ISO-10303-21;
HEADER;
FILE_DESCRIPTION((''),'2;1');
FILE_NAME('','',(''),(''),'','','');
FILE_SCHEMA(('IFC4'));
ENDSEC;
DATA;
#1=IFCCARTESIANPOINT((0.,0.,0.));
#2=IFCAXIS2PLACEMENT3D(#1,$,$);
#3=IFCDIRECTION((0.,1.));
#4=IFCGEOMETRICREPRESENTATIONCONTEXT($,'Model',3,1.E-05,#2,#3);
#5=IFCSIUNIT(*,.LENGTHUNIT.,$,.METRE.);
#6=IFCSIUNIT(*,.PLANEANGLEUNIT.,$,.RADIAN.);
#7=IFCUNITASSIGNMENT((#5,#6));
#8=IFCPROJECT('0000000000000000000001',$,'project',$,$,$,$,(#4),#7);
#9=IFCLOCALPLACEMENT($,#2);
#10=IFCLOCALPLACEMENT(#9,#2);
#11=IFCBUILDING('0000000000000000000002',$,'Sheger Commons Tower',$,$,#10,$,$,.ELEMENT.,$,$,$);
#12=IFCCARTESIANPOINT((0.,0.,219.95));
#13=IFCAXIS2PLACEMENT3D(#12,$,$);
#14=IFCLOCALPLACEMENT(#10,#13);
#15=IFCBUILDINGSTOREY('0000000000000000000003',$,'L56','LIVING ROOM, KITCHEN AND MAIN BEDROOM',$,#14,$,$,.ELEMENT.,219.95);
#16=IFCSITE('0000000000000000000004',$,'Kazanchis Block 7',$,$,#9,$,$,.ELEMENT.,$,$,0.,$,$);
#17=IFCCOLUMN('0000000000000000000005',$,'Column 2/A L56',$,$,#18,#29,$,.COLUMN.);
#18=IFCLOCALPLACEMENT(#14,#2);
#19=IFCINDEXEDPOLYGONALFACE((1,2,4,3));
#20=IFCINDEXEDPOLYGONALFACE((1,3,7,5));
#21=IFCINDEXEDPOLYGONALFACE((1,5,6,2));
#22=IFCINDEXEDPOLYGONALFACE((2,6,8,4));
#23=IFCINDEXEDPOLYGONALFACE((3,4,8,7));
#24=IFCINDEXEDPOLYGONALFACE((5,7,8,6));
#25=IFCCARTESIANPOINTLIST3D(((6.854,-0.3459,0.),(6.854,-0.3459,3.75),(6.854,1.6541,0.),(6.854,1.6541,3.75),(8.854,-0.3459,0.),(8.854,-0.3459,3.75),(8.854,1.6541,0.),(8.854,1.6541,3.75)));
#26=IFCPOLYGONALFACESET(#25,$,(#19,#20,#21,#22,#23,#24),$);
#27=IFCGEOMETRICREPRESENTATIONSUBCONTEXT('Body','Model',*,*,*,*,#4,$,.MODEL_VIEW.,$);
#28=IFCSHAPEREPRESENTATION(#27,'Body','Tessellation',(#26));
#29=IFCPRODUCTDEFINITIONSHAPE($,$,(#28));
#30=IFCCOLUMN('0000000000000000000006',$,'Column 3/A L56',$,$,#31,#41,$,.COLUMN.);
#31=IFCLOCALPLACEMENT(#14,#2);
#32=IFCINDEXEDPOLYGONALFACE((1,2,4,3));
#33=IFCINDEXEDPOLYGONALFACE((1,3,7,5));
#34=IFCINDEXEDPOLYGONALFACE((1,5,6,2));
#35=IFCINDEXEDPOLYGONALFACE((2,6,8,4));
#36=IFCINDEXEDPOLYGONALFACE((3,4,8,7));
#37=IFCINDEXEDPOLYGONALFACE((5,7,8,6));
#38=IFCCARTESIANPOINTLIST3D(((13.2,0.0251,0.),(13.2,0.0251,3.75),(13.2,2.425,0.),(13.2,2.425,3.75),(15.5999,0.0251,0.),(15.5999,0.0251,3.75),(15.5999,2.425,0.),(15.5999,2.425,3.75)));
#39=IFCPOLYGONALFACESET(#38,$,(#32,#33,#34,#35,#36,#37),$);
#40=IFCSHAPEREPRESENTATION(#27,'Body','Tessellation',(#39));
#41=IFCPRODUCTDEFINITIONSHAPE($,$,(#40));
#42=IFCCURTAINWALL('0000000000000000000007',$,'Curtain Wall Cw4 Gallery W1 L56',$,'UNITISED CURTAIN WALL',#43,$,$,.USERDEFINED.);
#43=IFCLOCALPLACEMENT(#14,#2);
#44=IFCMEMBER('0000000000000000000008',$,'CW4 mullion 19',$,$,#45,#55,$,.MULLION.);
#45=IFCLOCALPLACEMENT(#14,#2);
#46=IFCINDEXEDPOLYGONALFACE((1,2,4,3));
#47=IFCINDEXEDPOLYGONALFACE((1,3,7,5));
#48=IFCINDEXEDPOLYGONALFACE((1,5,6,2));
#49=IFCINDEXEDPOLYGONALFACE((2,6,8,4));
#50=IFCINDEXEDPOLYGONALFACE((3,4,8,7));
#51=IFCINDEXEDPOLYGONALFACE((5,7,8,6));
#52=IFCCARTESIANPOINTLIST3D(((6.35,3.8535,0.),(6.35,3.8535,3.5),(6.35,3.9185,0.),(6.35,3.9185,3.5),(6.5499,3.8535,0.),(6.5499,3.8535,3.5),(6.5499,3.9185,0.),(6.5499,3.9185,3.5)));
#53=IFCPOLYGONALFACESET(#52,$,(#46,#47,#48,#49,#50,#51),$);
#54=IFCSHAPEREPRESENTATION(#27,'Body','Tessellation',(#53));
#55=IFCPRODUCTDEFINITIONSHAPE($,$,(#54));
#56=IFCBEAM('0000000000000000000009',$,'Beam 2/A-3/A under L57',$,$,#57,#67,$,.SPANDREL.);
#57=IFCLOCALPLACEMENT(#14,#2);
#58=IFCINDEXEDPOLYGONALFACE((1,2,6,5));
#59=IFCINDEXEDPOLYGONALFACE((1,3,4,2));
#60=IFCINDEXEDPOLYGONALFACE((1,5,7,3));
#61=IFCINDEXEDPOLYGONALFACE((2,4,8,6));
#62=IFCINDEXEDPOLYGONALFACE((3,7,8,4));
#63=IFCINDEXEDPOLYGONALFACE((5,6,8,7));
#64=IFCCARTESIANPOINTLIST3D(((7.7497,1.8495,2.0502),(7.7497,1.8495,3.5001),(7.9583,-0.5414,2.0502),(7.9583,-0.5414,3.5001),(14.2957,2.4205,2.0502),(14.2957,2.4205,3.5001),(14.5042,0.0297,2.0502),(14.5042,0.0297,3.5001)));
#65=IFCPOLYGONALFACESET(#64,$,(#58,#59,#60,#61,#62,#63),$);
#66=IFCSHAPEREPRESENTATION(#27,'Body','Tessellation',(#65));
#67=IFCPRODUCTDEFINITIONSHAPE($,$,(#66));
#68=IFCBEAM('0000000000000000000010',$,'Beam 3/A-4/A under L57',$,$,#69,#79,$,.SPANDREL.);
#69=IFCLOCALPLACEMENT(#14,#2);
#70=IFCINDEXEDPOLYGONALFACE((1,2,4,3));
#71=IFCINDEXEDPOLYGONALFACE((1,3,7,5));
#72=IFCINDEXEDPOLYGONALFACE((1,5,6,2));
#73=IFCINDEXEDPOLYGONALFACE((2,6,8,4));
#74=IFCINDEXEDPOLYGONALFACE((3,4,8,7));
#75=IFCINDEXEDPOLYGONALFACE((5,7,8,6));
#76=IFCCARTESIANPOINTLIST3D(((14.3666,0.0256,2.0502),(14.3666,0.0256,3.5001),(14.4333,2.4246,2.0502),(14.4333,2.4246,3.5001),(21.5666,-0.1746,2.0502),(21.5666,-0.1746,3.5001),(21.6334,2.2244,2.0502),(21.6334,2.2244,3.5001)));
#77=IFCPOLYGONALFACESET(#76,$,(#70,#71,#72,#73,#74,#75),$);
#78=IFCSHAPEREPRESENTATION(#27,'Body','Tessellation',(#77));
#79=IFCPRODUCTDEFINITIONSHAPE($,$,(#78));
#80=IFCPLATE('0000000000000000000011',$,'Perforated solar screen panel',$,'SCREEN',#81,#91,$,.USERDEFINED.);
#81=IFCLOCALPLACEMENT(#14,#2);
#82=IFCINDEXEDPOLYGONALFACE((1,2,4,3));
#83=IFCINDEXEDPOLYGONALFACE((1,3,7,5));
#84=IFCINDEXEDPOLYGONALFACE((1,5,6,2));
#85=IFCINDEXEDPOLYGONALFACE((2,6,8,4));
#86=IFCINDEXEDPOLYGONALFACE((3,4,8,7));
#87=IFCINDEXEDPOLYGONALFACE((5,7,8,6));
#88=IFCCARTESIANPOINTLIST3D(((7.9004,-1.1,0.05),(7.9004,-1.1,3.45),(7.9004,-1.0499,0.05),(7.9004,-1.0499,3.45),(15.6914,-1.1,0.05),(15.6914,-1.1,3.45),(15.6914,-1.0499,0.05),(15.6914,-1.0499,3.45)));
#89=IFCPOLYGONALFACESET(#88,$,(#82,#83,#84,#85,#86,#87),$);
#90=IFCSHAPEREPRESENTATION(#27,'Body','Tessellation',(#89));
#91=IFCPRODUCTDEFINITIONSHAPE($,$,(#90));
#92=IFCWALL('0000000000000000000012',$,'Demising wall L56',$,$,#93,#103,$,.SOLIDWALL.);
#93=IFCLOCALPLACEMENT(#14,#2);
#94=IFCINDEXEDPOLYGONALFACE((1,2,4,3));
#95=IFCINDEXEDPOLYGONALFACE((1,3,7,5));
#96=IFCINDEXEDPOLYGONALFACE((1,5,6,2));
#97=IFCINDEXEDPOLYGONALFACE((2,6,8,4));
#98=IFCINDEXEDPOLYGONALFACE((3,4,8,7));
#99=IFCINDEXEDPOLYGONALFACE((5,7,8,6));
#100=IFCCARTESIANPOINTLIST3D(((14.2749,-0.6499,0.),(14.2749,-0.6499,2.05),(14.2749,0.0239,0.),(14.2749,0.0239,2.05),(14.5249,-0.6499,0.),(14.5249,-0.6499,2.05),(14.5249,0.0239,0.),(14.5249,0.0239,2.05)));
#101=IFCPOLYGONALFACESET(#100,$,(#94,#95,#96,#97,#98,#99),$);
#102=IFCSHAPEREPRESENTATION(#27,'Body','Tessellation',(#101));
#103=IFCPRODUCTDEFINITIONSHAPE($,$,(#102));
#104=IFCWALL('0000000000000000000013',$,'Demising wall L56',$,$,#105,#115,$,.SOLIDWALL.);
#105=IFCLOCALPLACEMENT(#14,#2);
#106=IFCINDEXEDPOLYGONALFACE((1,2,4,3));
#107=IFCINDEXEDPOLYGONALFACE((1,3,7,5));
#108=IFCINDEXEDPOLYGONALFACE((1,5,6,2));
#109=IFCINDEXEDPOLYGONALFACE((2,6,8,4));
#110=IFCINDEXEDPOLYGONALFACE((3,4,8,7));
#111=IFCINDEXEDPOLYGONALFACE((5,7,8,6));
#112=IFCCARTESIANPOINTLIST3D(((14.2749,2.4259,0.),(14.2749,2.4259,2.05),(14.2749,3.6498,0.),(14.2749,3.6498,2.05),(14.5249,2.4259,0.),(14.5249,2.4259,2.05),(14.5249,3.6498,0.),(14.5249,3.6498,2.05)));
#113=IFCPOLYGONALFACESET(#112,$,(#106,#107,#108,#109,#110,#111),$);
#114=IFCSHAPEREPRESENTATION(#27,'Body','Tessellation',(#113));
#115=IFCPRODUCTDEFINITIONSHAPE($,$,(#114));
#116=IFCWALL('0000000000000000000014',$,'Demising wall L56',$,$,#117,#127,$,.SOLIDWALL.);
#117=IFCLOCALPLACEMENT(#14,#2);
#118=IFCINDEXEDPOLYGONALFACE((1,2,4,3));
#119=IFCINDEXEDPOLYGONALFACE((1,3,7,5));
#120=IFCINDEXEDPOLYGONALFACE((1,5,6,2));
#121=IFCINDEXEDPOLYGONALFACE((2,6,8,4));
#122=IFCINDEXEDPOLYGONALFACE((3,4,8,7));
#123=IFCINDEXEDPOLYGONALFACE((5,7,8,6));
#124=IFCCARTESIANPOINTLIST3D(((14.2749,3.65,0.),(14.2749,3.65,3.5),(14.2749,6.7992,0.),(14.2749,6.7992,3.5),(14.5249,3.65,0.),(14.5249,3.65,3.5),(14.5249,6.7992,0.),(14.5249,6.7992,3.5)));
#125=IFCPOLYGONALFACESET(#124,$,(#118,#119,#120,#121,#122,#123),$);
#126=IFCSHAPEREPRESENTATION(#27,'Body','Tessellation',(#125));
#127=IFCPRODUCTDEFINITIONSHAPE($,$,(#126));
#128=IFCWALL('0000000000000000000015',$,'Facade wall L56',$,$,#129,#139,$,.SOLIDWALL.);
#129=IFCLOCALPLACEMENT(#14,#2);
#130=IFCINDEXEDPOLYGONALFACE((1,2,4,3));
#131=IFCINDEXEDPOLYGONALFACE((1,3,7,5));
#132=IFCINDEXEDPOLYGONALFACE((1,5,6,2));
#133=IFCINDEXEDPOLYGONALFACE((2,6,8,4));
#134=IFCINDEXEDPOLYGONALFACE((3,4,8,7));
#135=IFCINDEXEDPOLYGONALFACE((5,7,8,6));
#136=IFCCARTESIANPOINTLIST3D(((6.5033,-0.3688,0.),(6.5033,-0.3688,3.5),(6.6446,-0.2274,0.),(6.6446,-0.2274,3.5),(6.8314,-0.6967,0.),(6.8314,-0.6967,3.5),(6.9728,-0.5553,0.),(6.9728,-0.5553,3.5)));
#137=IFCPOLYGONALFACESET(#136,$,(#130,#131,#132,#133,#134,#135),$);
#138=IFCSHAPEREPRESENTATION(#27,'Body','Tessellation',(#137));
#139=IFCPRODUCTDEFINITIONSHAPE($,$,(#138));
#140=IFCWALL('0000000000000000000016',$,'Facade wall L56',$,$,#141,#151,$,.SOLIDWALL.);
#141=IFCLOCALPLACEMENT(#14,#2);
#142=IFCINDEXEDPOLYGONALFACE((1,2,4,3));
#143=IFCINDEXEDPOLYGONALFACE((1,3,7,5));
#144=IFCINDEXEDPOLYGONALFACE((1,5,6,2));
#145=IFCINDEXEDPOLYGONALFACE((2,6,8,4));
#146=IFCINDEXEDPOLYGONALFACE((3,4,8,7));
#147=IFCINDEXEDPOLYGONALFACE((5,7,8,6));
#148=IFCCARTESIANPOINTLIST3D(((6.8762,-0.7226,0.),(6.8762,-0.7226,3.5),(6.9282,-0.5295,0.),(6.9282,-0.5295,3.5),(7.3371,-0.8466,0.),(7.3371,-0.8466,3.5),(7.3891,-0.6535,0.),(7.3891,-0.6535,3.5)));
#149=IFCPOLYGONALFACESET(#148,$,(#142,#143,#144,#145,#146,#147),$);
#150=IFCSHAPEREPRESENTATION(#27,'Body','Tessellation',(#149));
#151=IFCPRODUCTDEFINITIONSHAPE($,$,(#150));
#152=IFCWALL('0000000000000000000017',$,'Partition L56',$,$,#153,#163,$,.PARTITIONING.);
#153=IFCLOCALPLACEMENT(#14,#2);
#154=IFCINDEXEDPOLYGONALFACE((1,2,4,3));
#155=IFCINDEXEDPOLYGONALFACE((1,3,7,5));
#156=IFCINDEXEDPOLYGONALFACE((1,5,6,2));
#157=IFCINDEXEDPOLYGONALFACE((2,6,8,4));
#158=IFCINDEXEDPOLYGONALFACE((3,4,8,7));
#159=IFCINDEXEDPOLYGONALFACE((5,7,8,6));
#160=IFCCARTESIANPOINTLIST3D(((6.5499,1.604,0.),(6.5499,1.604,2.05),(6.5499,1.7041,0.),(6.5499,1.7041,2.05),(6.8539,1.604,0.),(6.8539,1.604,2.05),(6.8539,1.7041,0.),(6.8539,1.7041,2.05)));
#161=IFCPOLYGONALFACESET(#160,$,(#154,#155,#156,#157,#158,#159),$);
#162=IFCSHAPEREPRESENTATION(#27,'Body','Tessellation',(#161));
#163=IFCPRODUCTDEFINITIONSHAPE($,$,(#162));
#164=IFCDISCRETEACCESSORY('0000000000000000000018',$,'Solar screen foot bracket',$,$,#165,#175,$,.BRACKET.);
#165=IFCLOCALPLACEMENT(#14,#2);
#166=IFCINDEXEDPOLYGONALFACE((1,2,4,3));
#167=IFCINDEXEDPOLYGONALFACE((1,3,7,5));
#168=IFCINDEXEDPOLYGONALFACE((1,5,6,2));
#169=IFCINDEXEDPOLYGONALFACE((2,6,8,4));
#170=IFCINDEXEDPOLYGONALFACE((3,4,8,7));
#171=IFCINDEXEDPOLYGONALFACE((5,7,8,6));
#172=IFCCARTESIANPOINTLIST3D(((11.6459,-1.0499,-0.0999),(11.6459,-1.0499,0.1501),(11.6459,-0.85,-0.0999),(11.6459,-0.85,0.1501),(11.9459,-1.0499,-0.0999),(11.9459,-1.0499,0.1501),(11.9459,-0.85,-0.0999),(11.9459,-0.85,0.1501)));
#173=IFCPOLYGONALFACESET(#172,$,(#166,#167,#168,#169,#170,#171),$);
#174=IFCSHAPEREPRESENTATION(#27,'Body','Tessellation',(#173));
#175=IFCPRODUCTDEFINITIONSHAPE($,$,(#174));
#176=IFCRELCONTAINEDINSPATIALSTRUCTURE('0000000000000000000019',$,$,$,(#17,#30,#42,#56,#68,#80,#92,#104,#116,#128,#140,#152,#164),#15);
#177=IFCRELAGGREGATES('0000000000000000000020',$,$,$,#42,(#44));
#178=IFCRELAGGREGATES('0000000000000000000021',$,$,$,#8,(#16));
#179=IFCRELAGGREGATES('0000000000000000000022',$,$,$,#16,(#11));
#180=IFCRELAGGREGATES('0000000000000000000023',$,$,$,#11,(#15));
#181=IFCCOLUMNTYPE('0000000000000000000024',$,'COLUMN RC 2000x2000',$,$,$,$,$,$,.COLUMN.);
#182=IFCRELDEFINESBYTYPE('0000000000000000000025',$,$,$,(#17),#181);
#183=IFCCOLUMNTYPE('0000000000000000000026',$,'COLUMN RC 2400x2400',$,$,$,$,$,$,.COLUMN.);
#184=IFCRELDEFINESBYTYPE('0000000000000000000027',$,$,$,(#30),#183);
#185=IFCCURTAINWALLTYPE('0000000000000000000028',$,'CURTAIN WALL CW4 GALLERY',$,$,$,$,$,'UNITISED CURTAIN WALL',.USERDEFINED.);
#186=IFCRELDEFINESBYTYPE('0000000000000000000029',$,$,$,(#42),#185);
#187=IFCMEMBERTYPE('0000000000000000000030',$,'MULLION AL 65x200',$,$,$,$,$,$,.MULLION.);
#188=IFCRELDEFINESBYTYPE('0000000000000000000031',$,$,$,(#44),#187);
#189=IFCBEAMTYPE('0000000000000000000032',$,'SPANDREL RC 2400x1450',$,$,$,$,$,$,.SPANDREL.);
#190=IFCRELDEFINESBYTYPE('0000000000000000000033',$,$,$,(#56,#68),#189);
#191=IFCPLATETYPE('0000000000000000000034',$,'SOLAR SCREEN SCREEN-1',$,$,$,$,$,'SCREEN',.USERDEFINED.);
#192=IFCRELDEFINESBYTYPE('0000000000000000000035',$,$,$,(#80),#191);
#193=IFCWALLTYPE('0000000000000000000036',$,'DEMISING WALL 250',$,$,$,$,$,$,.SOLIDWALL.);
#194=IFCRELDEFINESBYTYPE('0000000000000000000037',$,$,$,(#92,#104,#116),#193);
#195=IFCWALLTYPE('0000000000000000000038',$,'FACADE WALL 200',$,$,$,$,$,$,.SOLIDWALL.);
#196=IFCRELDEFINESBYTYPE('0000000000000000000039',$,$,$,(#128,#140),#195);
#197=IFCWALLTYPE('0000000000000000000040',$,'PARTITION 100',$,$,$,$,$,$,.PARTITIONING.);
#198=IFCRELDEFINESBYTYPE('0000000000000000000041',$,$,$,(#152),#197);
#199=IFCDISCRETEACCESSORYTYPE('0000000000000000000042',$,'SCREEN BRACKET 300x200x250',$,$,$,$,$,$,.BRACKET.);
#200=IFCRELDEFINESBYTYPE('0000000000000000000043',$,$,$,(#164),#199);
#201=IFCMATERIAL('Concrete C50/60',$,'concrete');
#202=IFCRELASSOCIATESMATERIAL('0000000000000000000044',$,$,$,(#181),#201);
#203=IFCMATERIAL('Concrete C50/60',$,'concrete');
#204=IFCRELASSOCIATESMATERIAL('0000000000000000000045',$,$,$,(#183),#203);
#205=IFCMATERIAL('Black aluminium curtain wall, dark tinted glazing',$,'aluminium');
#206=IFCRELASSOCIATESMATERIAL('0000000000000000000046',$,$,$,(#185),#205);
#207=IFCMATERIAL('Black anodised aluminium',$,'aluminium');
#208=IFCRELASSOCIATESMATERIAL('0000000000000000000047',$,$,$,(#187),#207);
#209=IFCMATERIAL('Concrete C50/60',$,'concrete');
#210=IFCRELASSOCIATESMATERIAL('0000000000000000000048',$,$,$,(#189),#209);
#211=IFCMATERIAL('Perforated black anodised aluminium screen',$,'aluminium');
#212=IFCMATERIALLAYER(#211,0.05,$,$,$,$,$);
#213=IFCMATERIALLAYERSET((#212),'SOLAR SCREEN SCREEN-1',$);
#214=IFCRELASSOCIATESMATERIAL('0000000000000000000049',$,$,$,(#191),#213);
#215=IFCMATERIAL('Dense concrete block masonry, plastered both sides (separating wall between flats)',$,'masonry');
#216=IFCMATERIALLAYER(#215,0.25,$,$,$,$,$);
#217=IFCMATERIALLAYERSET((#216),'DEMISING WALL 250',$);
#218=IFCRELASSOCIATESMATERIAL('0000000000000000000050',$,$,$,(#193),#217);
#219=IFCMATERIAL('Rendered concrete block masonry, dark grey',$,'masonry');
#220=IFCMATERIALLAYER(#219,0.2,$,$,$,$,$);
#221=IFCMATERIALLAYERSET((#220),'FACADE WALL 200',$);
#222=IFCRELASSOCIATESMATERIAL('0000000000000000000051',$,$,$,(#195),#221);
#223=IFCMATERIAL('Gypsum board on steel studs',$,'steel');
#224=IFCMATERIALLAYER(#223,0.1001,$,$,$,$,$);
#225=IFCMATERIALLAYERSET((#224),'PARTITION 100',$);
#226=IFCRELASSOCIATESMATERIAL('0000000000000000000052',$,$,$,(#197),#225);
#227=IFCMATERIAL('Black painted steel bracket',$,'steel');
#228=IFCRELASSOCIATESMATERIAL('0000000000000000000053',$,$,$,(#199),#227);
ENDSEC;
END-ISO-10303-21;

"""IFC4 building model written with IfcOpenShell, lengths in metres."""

from ifc_helpers import new_model, si_unit, direction, frame, frame_2d, origin, origin_2d, place, context, subcontext, project, spatial, rectangle, extrude, material, layer, layer_set, material_profile, profile_set, type_object, element, aggregate, save


model = new_model("IFC4")

# Units and contexts
model_context = context("Model", 3, precision=1e-05, world=origin(), true_north=direction((0.0, 1.0)))
body_context = subcontext(model_context, "Body", "Model", "MODEL_VIEW")
ifc_project = project(units=[si_unit("LENGTHUNIT", "METRE"), si_unit("PLANEANGLEUNIT", "RADIAN")], contexts=[model_context])

# Site, building, storey
site_placement = place(None, origin())
site = spatial("IfcSite", under=ifc_project, at=site_placement, Name="Kazanchis Block 7", CompositionType="ELEMENT", RefElevation=0.0)
building_placement = place(site_placement, origin())
building = spatial("IfcBuilding", under=site, at=building_placement, Name="Sheger Commons Tower", CompositionType="ELEMENT")
storey_placement = place(building_placement, frame((0.0, 0.0, 219.95)))
storey = spatial("IfcBuildingStorey", under=building, at=storey_placement, Name="L56", Description="LIVING ROOM, KITCHEN AND MAIN BEDROOM", CompositionType="ELEMENT", Elevation=219.95)

# Columns
ifc_material_1 = material(Name="Concrete C50/60", Category="concrete")
ifc_material_profile_1 = material_profile(ifc_material_1, rectangle(XDim=2.0, YDim=2.0, at=origin_2d()), Name="RC 2000x2000")
ifc_profile_set_1 = profile_set([ifc_material_profile_1], Name="Concrete C50/60")
column_type_1 = type_object("IfcColumnType", Name="COLUMN RC 2000x2000", PredefinedType="COLUMN", material=ifc_profile_set_1)
column_1_placement = place(storey_placement, frame((7.854, 0.6541, 0.0), z_axis=(0.0, 0.0, 1.0), x_axis=(1.0, 0.0, 0.0)))
element("IfcColumn", 1, at=column_1_placement, inside=storey, type_object=column_type_1, Name="Column 2/A L56", PredefinedType="COLUMN", context=body_context, shape_type="SweptSolid", body=[
    extrude(rectangle(XDim=2.0, YDim=2.0, at=origin_2d()), origin(), (0.0, 0.0, 1.0), 3.75),
])
ifc_material_2 = material(Name="Concrete C50/60", Category="concrete")
ifc_material_profile_2 = material_profile(ifc_material_2, rectangle(XDim=2.3999, YDim=2.3999, at=origin_2d()), Name="RC 2400x2400")
ifc_profile_set_2 = profile_set([ifc_material_profile_2], Name="Concrete C50/60")
column_type_2 = type_object("IfcColumnType", Name="COLUMN RC 2400x2400", PredefinedType="COLUMN", material=ifc_profile_set_2)
column_2_placement = place(storey_placement, frame((14.3999, 1.2251, 0.0), z_axis=(0.0, 0.0, 1.0), x_axis=(1.0, 0.0, 0.0)))
element("IfcColumn", 2, at=column_2_placement, inside=storey, type_object=column_type_2, Name="Column 3/A L56", PredefinedType="COLUMN", context=body_context, shape_type="SweptSolid", body=[
    extrude(rectangle(XDim=2.3999, YDim=2.3999, at=origin_2d()), origin(), (0.0, 0.0, 1.0), 3.75),
])

# Curtain wall, member
ifc_material_3 = material(Name="Black aluminium curtain wall, dark tinted glazing", Category="aluminium")
curtain_wall_type = type_object("IfcCurtainWallType", Name="CURTAIN WALL CW4 GALLERY", ElementType="UNITISED CURTAIN WALL", PredefinedType="USERDEFINED", material=ifc_material_3)
curtain_wall_placement = place(storey_placement, origin())
curtain_wall = element("IfcCurtainWall", 3, at=curtain_wall_placement, inside=storey, type_object=curtain_wall_type, Name="Curtain Wall Cw4 Gallery W1 L56", ObjectType="UNITISED CURTAIN WALL", PredefinedType="USERDEFINED")
ifc_material_4 = material(Name="Black anodised aluminium", Category="aluminium")
ifc_material_profile_3 = material_profile(ifc_material_4, rectangle(XDim=0.2, YDim=0.0649, at=origin_2d()), Name="AL 65x200")
ifc_profile_set_3 = profile_set([ifc_material_profile_3], Name="Black anodised aluminium")
member_type = type_object("IfcMemberType", Name="MULLION AL 65x200", PredefinedType="MULLION", material=ifc_profile_set_3)
member_placement = place(storey_placement, frame((6.45, 3.886, 0.0), z_axis=(0.0, 0.0, 1.0), x_axis=(1.0, 0.0, 0.0)))
member = element("IfcMember", 4, at=member_placement, type_object=member_type, Name="CW4 mullion 19", PredefinedType="MULLION", context=body_context, shape_type="SweptSolid", body=[
    extrude(rectangle(XDim=0.2, YDim=0.0649, at=origin_2d()), origin(), (0.0, 0.0, 1.0), 3.5),
])
aggregate(curtain_wall, [member])

# Beams
ifc_material_5 = material(Name="Concrete C50/60", Category="concrete")
ifc_material_profile_4 = material_profile(ifc_material_5, rectangle(XDim=2.3999, YDim=1.45, at=origin_2d()), Name="RC 2400x1450")
ifc_profile_set_4 = profile_set([ifc_material_profile_4], Name="Concrete C50/60")
beam_type = type_object("IfcBeamType", Name="SPANDREL RC 2400x1450", PredefinedType="SPANDREL", material=ifc_profile_set_4)
beam_1_placement = place(storey_placement, frame((7.854, 0.6541, 2.7751), z_axis=(0.996216, 0.086907, 0.0), x_axis=(-0.086907, 0.996216, 0.0)))
element("IfcBeam", 5, at=beam_1_placement, inside=storey, type_object=beam_type, Name="Beam 2/A-3/A under L57", PredefinedType="SPANDREL", context=body_context, shape_type="SweptSolid", body=[
    extrude(rectangle(XDim=2.3999, YDim=1.45, at=origin_2d()), origin(), (0.0, 0.0, 1.0), 6.5708),
])
beam_2_placement = place(storey_placement, frame((14.3999, 1.2251, 2.7751), z_axis=(0.999614, -0.027793, 0.0), x_axis=(0.027793, 0.999614, 0.0)))
element("IfcBeam", 6, at=beam_2_placement, inside=storey, type_object=beam_type, Name="Beam 3/A-4/A under L57", PredefinedType="SPANDREL", context=body_context, shape_type="SweptSolid", body=[
    extrude(rectangle(XDim=2.3999, YDim=1.45, at=origin_2d()), origin(), (0.0, 0.0, 1.0), 7.2029),
])

# Plate
ifc_material_6 = material(Name="Perforated black anodised aluminium screen", Category="aluminium")
ifc_layer_1 = layer(ifc_material_6, 0.05)
ifc_layer_set_1 = layer_set([ifc_layer_1], Name="SOLAR SCREEN SCREEN-1")
plate_type = type_object("IfcPlateType", Name="SOLAR SCREEN SCREEN-1", ElementType="SCREEN", PredefinedType="USERDEFINED", material=ifc_layer_set_1)
plate_placement = place(storey_placement, frame((11.7959, -1.075, 0.05), z_axis=(0.0, 0.0, 1.0), x_axis=(1.0, 0.0, 0.0)))
element("IfcPlate", 7, at=plate_placement, inside=storey, type_object=plate_type, Name="Perforated solar screen panel", ObjectType="SCREEN", PredefinedType="USERDEFINED", context=body_context, shape_type="SweptSolid", body=[
    extrude(rectangle(XDim=7.791, YDim=0.05, at=origin_2d()), origin(), (0.0, 0.0, 1.0), 3.3999),
])

# Walls
ifc_material_7 = material(Name="Dense concrete block masonry, plastered both sides (separating wall between flats)", Category="masonry")
ifc_layer_2 = layer(ifc_material_7, 0.25)
ifc_layer_set_2 = layer_set([ifc_layer_2], Name="DEMISING WALL 250")
wall_type_1 = type_object("IfcWallType", Name="DEMISING WALL 250", PredefinedType="SOLIDWALL", material=ifc_layer_set_2)
wall_1_placement = place(storey_placement, frame((14.3999, -0.6499, 0.0), z_axis=(0.0, 0.0, 1.0), x_axis=(0.0, 1.0, 0.0)))
element("IfcWall", 8, at=wall_1_placement, inside=storey, type_object=wall_type_1, Name="Demising wall L56", PredefinedType="SOLIDWALL", context=body_context, shape_type="SweptSolid", body=[
    extrude(rectangle(XDim=0.6738, YDim=0.25, at=frame_2d((0.3369, 0.0))), origin(), (0.0, 0.0, 1.0), 2.05),
])
wall_2_placement = place(storey_placement, frame((14.3999, 2.426, 0.0), z_axis=(0.0, 0.0, 1.0), x_axis=(0.0, 1.0, 0.0)))
element("IfcWall", 9, at=wall_2_placement, inside=storey, type_object=wall_type_1, Name="Demising wall L56", PredefinedType="SOLIDWALL", context=body_context, shape_type="SweptSolid", body=[
    extrude(rectangle(XDim=1.2239, YDim=0.25, at=frame_2d((0.6118, 0.0))), origin(), (0.0, 0.0, 1.0), 2.05),
])
wall_3_placement = place(storey_placement, frame((14.3999, 3.6499, 0.0), z_axis=(0.0, 0.0, 1.0), x_axis=(0.0, 1.0, 0.0)))
element("IfcWall", 10, at=wall_3_placement, inside=storey, type_object=wall_type_1, Name="Demising wall L56", PredefinedType="SOLIDWALL", context=body_context, shape_type="SweptSolid", body=[
    extrude(rectangle(XDim=3.1492, YDim=0.25, at=frame_2d((1.5747, 0.0))), origin(), (0.0, 0.0, 1.0), 3.5),
])

# Shared definitions
ifc_material_8 = material(Name="Rendered concrete block masonry, dark grey", Category="masonry")
ifc_layer_3 = layer(ifc_material_8, 0.2)
ifc_layer_set_3 = layer_set([ifc_layer_3], Name="FACADE WALL 200")
wall_type_2 = type_object("IfcWallType", Name="FACADE WALL 200", PredefinedType="SOLIDWALL", material=ifc_layer_set_3)

# Walls
wall_4_placement = place(storey_placement, frame((6.574, -0.2981, 0.0), z_axis=(0.0, 0.0, 1.0), x_axis=(0.70737, -0.706844, 0.0)))
element("IfcWall", 11, at=wall_4_placement, inside=storey, type_object=wall_type_2, Name="Facade wall L56", PredefinedType="SOLIDWALL", context=body_context, shape_type="SweptSolid", body=[
    extrude(rectangle(XDim=0.4639, YDim=0.2, at=frame_2d((0.2319, 0.0))), origin(), (0.0, 0.0, 1.0), 3.5),
])
wall_5_placement = place(storey_placement, frame((6.9021, -0.626, 0.0), z_axis=(0.0, 0.0, 1.0), x_axis=(0.965655, -0.259827, 0.0)))
element("IfcWall", 12, at=wall_5_placement, inside=storey, type_object=wall_type_2, Name="Facade wall L56", PredefinedType="SOLIDWALL", context=body_context, shape_type="SweptSolid", body=[
    extrude(rectangle(XDim=0.4773, YDim=0.2, at=frame_2d((0.2388, 0.0))), origin(), (0.0, 0.0, 1.0), 3.5),
])
ifc_material_9 = material(Name="Gypsum board on steel studs", Category="steel")
ifc_layer_4 = layer(ifc_material_9, 0.1001)
ifc_layer_set_4 = layer_set([ifc_layer_4], Name="PARTITION 100")
wall_type_3 = type_object("IfcWallType", Name="PARTITION 100", PredefinedType="PARTITIONING", material=ifc_layer_set_4)
wall_6_placement = place(storey_placement, frame((6.55, 1.6541, 0.0), z_axis=(0.0, 0.0, 1.0), x_axis=(1.0, 0.0, 0.0)))
element("IfcWall", 13, at=wall_6_placement, inside=storey, type_object=wall_type_3, Name="Partition L56", PredefinedType="PARTITIONING", context=body_context, shape_type="SweptSolid", body=[
    extrude(rectangle(XDim=0.304, YDim=0.1001, at=frame_2d((0.1519, 0.0))), origin(), (0.0, 0.0, 1.0), 2.05),
])

# Discrete accessory
ifc_material_10 = material(Name="Black painted steel bracket", Category="steel")
discrete_accessory_type = type_object("IfcDiscreteAccessoryType", Name="SCREEN BRACKET 300x200x250", PredefinedType="BRACKET", material=ifc_material_10)
for number, where, z_axis, x_axis, name in (
    (14, (11.7959, -0.95, -0.0999), (0.0, 0.0, 1.0), (1.0, 0.0, 0.0), "Solar screen foot bracket"),
):
    element("IfcDiscreteAccessory", number, at=place(storey_placement, frame(where, z_axis=z_axis, x_axis=x_axis)), inside=storey, type_object=discrete_accessory_type, Name=name, PredefinedType="BRACKET", context=body_context, shape_type="SweptSolid", body=[
        extrude(rectangle(XDim=0.3, YDim=0.2, at=origin_2d()), origin(), (0.0, 0.0, 1.0), 0.25),
    ])

save(model, "model.ifc")
